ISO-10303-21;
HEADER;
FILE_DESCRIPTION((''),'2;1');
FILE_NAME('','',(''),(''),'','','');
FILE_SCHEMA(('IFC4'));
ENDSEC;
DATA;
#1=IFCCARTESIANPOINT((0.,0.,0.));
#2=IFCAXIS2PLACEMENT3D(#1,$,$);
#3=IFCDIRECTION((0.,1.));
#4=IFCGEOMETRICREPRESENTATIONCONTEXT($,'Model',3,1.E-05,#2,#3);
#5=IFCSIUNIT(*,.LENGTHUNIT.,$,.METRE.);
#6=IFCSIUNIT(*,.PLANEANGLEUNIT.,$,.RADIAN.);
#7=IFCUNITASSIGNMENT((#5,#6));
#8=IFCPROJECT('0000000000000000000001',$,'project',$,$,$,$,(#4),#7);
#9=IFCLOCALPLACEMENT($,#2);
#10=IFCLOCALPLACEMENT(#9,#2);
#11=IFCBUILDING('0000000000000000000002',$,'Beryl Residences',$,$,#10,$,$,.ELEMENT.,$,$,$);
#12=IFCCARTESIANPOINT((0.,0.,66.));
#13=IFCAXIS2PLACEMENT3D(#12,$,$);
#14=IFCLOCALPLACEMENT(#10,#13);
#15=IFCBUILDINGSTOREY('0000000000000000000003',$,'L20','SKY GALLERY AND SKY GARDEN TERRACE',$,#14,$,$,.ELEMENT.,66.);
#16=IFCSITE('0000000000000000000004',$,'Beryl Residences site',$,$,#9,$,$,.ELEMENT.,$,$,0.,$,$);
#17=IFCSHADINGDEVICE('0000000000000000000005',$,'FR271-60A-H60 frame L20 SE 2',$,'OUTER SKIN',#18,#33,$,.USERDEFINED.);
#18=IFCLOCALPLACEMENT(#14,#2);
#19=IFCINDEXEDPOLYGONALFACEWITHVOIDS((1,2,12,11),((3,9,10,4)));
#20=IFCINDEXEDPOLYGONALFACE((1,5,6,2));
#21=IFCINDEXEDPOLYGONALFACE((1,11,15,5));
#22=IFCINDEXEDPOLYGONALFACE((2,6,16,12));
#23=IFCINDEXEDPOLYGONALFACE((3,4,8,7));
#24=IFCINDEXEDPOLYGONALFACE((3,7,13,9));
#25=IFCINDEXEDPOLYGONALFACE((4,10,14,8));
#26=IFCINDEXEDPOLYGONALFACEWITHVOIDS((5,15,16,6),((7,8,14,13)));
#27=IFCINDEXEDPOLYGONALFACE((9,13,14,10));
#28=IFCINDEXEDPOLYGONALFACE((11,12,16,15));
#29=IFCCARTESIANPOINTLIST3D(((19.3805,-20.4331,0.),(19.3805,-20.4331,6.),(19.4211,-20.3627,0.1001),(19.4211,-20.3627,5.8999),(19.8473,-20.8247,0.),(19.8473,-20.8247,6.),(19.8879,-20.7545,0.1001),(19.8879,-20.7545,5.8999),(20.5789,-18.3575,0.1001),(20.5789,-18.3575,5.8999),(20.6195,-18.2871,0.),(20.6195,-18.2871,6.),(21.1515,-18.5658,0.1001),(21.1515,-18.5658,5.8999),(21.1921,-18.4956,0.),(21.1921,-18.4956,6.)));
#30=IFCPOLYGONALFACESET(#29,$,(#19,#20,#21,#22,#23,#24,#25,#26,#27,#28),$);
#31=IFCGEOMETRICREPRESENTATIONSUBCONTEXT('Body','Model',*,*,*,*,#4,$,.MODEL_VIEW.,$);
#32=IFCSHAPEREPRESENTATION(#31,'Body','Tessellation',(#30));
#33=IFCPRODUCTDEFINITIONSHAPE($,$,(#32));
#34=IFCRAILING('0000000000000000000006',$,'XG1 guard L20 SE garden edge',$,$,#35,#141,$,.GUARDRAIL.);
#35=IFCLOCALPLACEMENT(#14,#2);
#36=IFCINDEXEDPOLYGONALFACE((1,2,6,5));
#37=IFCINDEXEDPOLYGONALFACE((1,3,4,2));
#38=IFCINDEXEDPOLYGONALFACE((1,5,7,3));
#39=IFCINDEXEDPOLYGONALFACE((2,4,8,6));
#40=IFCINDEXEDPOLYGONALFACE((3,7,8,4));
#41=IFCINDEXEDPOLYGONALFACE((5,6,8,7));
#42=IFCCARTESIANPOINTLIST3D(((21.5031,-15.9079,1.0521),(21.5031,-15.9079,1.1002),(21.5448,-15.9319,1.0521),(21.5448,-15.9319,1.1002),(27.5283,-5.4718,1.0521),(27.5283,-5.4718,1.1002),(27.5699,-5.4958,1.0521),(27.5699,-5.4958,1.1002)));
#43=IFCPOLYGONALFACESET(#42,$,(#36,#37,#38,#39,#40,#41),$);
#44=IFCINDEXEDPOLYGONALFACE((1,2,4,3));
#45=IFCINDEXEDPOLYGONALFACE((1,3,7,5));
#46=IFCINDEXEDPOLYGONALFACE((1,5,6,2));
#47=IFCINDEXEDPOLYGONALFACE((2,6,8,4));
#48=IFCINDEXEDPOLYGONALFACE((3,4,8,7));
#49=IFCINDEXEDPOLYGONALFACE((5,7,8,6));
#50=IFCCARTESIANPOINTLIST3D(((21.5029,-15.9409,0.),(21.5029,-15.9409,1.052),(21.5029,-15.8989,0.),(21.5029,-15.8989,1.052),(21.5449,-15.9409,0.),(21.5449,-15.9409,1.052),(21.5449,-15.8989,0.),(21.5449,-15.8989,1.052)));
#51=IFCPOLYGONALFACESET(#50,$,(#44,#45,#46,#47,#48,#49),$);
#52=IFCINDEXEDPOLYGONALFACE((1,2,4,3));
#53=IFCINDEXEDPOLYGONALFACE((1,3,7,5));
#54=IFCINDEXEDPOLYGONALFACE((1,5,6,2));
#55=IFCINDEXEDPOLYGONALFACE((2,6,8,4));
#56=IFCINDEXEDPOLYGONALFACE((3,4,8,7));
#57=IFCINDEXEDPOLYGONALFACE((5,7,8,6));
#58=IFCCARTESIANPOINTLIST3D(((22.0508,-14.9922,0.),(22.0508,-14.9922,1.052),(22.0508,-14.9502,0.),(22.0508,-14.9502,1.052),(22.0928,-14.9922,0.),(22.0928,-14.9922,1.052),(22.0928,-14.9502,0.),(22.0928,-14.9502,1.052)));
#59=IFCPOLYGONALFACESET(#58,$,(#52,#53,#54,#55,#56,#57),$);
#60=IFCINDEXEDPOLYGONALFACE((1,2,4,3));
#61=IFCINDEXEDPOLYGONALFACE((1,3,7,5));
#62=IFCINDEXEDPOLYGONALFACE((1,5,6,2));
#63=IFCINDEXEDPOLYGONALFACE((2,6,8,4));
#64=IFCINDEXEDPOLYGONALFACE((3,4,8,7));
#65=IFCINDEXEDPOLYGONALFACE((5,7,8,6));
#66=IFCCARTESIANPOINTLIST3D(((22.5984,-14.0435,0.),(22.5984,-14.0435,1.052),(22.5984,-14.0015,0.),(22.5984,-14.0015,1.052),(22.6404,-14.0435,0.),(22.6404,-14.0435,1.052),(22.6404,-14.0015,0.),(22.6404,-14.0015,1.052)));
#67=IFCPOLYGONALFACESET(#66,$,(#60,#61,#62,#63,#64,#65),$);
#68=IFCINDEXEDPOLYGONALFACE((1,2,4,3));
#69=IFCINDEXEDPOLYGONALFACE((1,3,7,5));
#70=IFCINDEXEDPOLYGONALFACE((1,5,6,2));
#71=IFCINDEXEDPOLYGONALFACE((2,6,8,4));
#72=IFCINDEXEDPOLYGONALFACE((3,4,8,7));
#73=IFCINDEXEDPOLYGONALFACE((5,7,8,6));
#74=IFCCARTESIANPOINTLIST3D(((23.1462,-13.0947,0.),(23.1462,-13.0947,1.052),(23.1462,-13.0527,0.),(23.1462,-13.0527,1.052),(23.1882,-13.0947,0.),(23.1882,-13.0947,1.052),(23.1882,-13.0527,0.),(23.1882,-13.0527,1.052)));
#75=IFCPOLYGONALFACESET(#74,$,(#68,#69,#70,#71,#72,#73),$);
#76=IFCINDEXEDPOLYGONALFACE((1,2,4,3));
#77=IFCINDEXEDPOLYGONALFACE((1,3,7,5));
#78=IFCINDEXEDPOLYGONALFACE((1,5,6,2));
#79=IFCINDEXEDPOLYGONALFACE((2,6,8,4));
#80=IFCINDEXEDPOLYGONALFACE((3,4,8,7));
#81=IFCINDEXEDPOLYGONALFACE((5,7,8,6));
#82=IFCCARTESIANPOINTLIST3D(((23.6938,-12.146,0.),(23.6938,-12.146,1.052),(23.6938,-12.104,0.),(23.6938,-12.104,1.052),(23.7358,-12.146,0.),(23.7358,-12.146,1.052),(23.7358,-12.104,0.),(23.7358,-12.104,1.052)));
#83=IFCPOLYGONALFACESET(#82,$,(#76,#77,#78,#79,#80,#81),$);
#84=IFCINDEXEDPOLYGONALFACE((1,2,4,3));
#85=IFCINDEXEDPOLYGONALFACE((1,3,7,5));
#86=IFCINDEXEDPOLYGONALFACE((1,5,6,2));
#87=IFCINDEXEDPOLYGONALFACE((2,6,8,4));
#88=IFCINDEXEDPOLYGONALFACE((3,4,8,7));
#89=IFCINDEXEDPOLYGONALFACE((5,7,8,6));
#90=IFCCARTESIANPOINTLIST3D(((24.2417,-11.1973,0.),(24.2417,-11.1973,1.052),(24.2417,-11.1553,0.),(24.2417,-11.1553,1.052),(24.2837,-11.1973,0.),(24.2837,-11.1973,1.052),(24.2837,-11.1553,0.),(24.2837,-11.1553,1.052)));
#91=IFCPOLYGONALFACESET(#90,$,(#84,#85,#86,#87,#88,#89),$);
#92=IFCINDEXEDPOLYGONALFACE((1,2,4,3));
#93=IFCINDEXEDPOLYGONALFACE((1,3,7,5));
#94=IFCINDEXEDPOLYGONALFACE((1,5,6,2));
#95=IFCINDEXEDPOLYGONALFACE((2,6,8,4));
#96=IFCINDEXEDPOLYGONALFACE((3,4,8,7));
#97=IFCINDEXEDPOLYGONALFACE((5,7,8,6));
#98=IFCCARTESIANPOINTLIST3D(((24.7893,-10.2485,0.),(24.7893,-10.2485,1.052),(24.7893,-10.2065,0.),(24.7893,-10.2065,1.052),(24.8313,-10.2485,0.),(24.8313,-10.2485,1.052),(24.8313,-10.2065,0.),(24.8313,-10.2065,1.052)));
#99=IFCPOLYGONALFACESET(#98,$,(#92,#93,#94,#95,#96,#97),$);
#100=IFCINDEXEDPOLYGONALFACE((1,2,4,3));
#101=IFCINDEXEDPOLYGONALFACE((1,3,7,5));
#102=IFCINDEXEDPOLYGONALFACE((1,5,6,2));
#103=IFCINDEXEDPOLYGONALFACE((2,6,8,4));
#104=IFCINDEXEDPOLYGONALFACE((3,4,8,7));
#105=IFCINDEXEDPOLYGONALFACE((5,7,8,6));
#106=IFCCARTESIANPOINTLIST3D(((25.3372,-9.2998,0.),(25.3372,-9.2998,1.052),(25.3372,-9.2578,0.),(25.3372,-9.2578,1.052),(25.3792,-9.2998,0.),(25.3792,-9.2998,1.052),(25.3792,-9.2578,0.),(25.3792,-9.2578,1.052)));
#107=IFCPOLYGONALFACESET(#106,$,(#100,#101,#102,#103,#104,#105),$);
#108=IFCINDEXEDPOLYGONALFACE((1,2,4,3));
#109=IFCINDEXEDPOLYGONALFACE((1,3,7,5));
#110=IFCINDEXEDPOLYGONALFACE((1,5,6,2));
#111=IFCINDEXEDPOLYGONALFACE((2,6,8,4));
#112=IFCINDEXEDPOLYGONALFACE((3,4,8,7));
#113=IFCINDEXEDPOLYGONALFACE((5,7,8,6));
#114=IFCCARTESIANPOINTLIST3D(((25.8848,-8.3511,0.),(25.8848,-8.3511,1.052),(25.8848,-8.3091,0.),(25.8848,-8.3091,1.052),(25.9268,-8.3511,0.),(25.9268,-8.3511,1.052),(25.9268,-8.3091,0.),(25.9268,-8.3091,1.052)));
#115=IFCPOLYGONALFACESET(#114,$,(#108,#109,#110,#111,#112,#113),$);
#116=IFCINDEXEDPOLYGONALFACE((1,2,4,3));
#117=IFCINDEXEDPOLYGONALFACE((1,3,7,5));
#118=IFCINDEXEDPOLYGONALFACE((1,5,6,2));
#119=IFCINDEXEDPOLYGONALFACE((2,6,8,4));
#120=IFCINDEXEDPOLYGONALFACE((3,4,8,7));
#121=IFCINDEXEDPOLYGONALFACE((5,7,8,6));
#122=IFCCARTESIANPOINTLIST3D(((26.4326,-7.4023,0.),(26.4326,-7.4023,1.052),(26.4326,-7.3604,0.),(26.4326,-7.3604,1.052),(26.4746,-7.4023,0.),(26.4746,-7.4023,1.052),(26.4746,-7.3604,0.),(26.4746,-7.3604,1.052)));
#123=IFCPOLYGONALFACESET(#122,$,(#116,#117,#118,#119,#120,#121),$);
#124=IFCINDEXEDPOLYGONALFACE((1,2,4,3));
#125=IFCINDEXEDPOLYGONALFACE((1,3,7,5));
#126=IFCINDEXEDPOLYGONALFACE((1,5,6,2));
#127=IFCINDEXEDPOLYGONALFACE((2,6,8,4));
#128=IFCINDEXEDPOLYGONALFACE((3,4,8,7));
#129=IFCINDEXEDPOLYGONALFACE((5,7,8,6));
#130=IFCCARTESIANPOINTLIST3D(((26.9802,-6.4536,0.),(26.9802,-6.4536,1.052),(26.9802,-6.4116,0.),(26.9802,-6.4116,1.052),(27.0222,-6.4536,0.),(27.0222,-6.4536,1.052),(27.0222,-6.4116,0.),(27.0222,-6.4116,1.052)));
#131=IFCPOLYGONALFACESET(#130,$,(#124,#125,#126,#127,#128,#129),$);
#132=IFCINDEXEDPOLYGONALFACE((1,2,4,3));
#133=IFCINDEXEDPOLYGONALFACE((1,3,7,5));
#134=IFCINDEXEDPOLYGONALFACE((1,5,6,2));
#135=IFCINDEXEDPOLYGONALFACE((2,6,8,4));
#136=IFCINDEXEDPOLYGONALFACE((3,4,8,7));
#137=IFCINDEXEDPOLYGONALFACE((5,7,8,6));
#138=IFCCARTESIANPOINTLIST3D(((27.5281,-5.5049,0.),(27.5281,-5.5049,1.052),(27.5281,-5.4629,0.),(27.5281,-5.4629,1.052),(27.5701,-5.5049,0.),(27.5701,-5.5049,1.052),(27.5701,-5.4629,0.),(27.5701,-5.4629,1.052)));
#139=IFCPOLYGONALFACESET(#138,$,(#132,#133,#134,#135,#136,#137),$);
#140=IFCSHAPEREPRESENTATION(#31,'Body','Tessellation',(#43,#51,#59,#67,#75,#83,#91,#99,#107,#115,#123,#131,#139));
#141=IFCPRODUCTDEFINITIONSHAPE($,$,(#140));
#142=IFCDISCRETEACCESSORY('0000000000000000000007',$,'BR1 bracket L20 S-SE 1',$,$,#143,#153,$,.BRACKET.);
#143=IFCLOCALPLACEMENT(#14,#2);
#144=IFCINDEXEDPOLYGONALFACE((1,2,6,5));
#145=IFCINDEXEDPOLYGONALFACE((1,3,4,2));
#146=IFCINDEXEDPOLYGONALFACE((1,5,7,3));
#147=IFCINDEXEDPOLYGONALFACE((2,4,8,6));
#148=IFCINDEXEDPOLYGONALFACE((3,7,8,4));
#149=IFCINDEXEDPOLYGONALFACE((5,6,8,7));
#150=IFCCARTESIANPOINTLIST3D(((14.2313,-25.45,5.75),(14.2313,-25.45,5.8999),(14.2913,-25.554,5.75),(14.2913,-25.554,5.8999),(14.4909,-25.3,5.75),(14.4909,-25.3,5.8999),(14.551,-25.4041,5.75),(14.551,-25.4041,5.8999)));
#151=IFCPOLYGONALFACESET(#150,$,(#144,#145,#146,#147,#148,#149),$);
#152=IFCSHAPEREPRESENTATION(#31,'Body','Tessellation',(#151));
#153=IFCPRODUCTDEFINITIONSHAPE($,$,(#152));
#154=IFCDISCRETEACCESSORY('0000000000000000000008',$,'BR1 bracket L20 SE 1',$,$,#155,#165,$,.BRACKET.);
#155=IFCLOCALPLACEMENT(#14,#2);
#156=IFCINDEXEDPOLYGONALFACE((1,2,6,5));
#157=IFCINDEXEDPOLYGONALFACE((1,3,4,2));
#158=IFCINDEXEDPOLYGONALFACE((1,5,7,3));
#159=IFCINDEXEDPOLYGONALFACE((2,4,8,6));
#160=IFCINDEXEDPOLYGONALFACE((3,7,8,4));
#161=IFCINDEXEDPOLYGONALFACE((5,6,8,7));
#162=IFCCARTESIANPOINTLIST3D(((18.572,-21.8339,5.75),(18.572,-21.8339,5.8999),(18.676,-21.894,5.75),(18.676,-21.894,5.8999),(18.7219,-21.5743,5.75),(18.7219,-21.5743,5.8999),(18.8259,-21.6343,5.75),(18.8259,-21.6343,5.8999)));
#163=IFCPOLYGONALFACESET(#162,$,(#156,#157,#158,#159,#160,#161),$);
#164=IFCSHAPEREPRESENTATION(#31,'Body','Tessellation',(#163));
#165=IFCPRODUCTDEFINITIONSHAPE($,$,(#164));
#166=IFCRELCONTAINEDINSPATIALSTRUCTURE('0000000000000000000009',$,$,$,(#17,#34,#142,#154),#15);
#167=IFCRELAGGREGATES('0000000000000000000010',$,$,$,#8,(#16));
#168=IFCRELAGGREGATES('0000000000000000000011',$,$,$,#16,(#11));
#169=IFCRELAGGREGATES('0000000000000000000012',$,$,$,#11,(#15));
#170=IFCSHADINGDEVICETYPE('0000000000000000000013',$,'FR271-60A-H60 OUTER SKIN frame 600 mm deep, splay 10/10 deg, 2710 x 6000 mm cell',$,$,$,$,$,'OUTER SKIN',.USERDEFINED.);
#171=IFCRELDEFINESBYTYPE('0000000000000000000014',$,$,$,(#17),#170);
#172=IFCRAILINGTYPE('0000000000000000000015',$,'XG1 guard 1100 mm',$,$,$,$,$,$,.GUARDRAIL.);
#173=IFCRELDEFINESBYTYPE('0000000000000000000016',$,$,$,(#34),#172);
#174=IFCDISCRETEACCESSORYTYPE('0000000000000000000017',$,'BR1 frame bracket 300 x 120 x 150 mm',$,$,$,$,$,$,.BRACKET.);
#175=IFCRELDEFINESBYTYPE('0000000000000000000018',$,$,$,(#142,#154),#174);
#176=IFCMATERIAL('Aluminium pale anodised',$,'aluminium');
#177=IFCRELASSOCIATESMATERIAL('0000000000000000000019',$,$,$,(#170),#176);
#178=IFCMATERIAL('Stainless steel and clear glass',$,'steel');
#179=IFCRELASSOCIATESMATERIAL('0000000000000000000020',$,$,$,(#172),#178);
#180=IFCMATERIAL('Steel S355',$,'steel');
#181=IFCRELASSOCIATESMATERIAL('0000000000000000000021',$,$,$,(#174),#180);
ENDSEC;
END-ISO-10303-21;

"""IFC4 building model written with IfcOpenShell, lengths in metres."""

from ifc_helpers import new_model, entity, si_unit, direction, frame, origin, origin_2d, place, context, subcontext, project, spatial, polyline, rectangle, outline, extrude, source, transform, mapped, material, type_object, type_shapes, element, save


model = new_model("IFC4")

# Units and contexts
model_context = context("Model", 3, precision=1e-05, world=origin(), true_north=direction((0.0, 1.0)))
body_context = subcontext(model_context, "Body", "Model", "MODEL_VIEW")
ifc_project = project(units=[si_unit("LENGTHUNIT", "METRE"), si_unit("PLANEANGLEUNIT", "RADIAN")], contexts=[model_context])

# Site, building, storey
site_placement = place(None, origin())
site = spatial("IfcSite", under=ifc_project, at=site_placement, Name="Beryl Residences site", CompositionType="ELEMENT", RefElevation=0.0)
building_placement = place(site_placement, origin())
building = spatial("IfcBuilding", under=site, at=building_placement, Name="Beryl Residences", CompositionType="ELEMENT")
storey_placement = place(building_placement, frame((0.0, 0.0, 66.0)))
storey = spatial("IfcBuildingStorey", under=building, at=storey_placement, Name="L20", Description="SKY GALLERY AND SKY GARDEN TERRACE", CompositionType="ELEMENT", Elevation=66.0)

# Shading device
ifc_material_1 = material(Name="Aluminium pale anodised", Category="aluminium")
shading_device_type_1 = type_object("IfcShadingDeviceType", Name="FR271-60A-H60 OUTER SKIN frame 600 mm deep, splay 10/10 deg, 2710 x 6000 mm cell", ElementType="OUTER SKIN", PredefinedType="USERDEFINED", material=ifc_material_1)
cartesian_point_1 = entity("IfcCartesianPoint", [-1.239, 0.0])
cartesian_point_2 = entity("IfcCartesianPoint", [-1.1577, 0.1001])
cartesian_point_3 = entity("IfcCartesianPoint", [-1.3447, 0.0])
cartesian_point_4 = entity("IfcCartesianPoint", [-1.2637, 0.1001])
shared_shape_1 = source(origin(), body_context, "Body", "SweptSolid", [
    entity("IfcExtrudedAreaSolidTapered", entity("IfcArbitraryProfileDefWithVoids", "AREA", None, entity("IfcPolyline", [cartesian_point_1, entity("IfcCartesianPoint", [1.239, 0.0]), entity("IfcCartesianPoint", [1.239, 6.0]), entity("IfcCartesianPoint", [-1.239, 6.0]), cartesian_point_1]), [entity("IfcPolyline", [cartesian_point_2, entity("IfcCartesianPoint", [1.1577, 0.1001]), entity("IfcCartesianPoint", [1.1577, 5.8999]), entity("IfcCartesianPoint", [-1.1577, 5.8999]), cartesian_point_2])]), entity("IfcAxis2Placement3D", entity("IfcCartesianPoint", [0.0, 0.0, 0.0]), entity("IfcDirection", [0.0, 1.0, 0.0]), entity("IfcDirection", [-1.0, 0.0, 0.0])), entity("IfcDirection", [0.0, 0.0, 1.0]), 0.6001, entity("IfcArbitraryProfileDefWithVoids", "AREA", None, entity("IfcPolyline", [cartesian_point_3, entity("IfcCartesianPoint", [1.3447, 0.0]), entity("IfcCartesianPoint", [1.3447, 6.0]), entity("IfcCartesianPoint", [-1.3447, 6.0]), cartesian_point_3]), [entity("IfcPolyline", [cartesian_point_4, entity("IfcCartesianPoint", [1.2637, 0.1001]), entity("IfcCartesianPoint", [1.2637, 5.8999]), entity("IfcCartesianPoint", [-1.2637, 5.8999]), cartesian_point_4])])),
])
type_shapes(shading_device_type_1, [shared_shape_1])
for number, where, z_axis, x_axis, name in (
    (1, (20.0, -19.3601, 0.0), (0.0, 0.0, 1.0), (-0.5, -0.866025, 0.0), "FR271-60A-H60 frame L20 SE 2"),
):
    element("IfcShadingDevice", number, at=place(storey_placement, frame(where, z_axis=z_axis, x_axis=x_axis)), inside=storey, type_object=shading_device_type_1, Name=name, ObjectType="OUTER SKIN", PredefinedType="USERDEFINED", context=body_context, shape_type="MappedRepresentation", body=[
        mapped(shared_shape_1, transform((0.0, 0.0, 0.0))),
    ])

# Railing
ifc_material_2 = material(Name="Stainless steel and clear glass", Category="steel")
railing_type = type_object("IfcRailingType", Name="XG1 guard 1100 mm", PredefinedType="GUARDRAIL", material=ifc_material_2)
railing_placement = place(storey_placement, frame((21.5239, -15.9199, 0.0)))
element("IfcRailing", 2, at=railing_placement, inside=storey, type_object=railing_type, Name="XG1 guard L20 SE garden edge", PredefinedType="GUARDRAIL", context=body_context, shape_type="SweptSolid", body=[
    extrude(rectangle(XDim=0.0481, YDim=0.0481, at=origin_2d()), frame((0.0, 0.0, 1.0762), z_axis=(0.499994, 0.866029, 0.0), x_axis=(-0.866029, 0.499994, 0.0)), (0.0, 0.0, 1.0), 12.0505),
    extrude(rectangle(XDim=0.042, YDim=0.042, at=origin_2d()), origin(), (0.0, 0.0, 1.0), 1.052),
    extrude(rectangle(XDim=0.042, YDim=0.042, at=origin_2d()), frame((0.5479, 0.9487, 0.0)), (0.0, 0.0, 1.0), 1.052),
    extrude(rectangle(XDim=0.042, YDim=0.042, at=origin_2d()), frame((1.0955, 1.8975, 0.0)), (0.0, 0.0, 1.0), 1.052),
    extrude(rectangle(XDim=0.042, YDim=0.042, at=origin_2d()), frame((1.6433, 2.8462, 0.0)), (0.0, 0.0, 1.0), 1.052),
    extrude(rectangle(XDim=0.042, YDim=0.042, at=origin_2d()), frame((2.1909, 3.7949, 0.0)), (0.0, 0.0, 1.0), 1.052),
    extrude(rectangle(XDim=0.042, YDim=0.042, at=origin_2d()), frame((2.7388, 4.7437, 0.0)), (0.0, 0.0, 1.0), 1.052),
    extrude(rectangle(XDim=0.042, YDim=0.042, at=origin_2d()), frame((3.2864, 5.6924, 0.0)), (0.0, 0.0, 1.0), 1.052),
    extrude(rectangle(XDim=0.042, YDim=0.042, at=origin_2d()), frame((3.8342, 6.6411, 0.0)), (0.0, 0.0, 1.0), 1.052),
    extrude(rectangle(XDim=0.042, YDim=0.042, at=origin_2d()), frame((4.3818, 7.5898, 0.0)), (0.0, 0.0, 1.0), 1.052),
    extrude(rectangle(XDim=0.042, YDim=0.042, at=origin_2d()), frame((4.9297, 8.5386, 0.0)), (0.0, 0.0, 1.0), 1.052),
    extrude(rectangle(XDim=0.042, YDim=0.042, at=origin_2d()), frame((5.4773, 9.4873, 0.0)), (0.0, 0.0, 1.0), 1.052),
    extrude(rectangle(XDim=0.042, YDim=0.042, at=origin_2d()), frame((6.0251, 10.436, 0.0)), (0.0, 0.0, 1.0), 1.052),
])

# Discrete accessories
ifc_material_3 = material(Name="Steel S355", Category="steel")
discrete_accessory_type = type_object("IfcDiscreteAccessoryType", Name="BR1 frame bracket 300 x 120 x 150 mm", PredefinedType="BRACKET", material=ifc_material_3)
shared_shape_2 = source(origin(), body_context, "Body", "SweptSolid", [
    extrude(outline(polyline([(-0.1499, 0.0), (0.1499, 0.0), (0.1499, 0.1201), (-0.1499, 0.1201), (-0.1499, 0.0)])), origin(), (0.0, 0.0, 1.0), 0.1499),
])
type_shapes(discrete_accessory_type, [shared_shape_2])
for number, where, z_axis, x_axis, name in (
    (3, (14.3611, -25.375, 5.75), (0.0, 0.0, 1.0), (-0.866025, -0.5, 0.0), "BR1 bracket L20 S-SE 1"),
    (4, (18.647, -21.7041, 5.75), (0.0, 0.0, 1.0), (-0.5, -0.866025, 0.0), "BR1 bracket L20 SE 1"),
):
    element("IfcDiscreteAccessory", number, at=place(storey_placement, frame(where, z_axis=z_axis, x_axis=x_axis)), inside=storey, type_object=discrete_accessory_type, Name=name, PredefinedType="BRACKET", context=body_context, shape_type="MappedRepresentation", body=[
        mapped(shared_shape_2, transform((0.0, 0.0, 0.0))),
    ])

save(model, "model.ifc")
